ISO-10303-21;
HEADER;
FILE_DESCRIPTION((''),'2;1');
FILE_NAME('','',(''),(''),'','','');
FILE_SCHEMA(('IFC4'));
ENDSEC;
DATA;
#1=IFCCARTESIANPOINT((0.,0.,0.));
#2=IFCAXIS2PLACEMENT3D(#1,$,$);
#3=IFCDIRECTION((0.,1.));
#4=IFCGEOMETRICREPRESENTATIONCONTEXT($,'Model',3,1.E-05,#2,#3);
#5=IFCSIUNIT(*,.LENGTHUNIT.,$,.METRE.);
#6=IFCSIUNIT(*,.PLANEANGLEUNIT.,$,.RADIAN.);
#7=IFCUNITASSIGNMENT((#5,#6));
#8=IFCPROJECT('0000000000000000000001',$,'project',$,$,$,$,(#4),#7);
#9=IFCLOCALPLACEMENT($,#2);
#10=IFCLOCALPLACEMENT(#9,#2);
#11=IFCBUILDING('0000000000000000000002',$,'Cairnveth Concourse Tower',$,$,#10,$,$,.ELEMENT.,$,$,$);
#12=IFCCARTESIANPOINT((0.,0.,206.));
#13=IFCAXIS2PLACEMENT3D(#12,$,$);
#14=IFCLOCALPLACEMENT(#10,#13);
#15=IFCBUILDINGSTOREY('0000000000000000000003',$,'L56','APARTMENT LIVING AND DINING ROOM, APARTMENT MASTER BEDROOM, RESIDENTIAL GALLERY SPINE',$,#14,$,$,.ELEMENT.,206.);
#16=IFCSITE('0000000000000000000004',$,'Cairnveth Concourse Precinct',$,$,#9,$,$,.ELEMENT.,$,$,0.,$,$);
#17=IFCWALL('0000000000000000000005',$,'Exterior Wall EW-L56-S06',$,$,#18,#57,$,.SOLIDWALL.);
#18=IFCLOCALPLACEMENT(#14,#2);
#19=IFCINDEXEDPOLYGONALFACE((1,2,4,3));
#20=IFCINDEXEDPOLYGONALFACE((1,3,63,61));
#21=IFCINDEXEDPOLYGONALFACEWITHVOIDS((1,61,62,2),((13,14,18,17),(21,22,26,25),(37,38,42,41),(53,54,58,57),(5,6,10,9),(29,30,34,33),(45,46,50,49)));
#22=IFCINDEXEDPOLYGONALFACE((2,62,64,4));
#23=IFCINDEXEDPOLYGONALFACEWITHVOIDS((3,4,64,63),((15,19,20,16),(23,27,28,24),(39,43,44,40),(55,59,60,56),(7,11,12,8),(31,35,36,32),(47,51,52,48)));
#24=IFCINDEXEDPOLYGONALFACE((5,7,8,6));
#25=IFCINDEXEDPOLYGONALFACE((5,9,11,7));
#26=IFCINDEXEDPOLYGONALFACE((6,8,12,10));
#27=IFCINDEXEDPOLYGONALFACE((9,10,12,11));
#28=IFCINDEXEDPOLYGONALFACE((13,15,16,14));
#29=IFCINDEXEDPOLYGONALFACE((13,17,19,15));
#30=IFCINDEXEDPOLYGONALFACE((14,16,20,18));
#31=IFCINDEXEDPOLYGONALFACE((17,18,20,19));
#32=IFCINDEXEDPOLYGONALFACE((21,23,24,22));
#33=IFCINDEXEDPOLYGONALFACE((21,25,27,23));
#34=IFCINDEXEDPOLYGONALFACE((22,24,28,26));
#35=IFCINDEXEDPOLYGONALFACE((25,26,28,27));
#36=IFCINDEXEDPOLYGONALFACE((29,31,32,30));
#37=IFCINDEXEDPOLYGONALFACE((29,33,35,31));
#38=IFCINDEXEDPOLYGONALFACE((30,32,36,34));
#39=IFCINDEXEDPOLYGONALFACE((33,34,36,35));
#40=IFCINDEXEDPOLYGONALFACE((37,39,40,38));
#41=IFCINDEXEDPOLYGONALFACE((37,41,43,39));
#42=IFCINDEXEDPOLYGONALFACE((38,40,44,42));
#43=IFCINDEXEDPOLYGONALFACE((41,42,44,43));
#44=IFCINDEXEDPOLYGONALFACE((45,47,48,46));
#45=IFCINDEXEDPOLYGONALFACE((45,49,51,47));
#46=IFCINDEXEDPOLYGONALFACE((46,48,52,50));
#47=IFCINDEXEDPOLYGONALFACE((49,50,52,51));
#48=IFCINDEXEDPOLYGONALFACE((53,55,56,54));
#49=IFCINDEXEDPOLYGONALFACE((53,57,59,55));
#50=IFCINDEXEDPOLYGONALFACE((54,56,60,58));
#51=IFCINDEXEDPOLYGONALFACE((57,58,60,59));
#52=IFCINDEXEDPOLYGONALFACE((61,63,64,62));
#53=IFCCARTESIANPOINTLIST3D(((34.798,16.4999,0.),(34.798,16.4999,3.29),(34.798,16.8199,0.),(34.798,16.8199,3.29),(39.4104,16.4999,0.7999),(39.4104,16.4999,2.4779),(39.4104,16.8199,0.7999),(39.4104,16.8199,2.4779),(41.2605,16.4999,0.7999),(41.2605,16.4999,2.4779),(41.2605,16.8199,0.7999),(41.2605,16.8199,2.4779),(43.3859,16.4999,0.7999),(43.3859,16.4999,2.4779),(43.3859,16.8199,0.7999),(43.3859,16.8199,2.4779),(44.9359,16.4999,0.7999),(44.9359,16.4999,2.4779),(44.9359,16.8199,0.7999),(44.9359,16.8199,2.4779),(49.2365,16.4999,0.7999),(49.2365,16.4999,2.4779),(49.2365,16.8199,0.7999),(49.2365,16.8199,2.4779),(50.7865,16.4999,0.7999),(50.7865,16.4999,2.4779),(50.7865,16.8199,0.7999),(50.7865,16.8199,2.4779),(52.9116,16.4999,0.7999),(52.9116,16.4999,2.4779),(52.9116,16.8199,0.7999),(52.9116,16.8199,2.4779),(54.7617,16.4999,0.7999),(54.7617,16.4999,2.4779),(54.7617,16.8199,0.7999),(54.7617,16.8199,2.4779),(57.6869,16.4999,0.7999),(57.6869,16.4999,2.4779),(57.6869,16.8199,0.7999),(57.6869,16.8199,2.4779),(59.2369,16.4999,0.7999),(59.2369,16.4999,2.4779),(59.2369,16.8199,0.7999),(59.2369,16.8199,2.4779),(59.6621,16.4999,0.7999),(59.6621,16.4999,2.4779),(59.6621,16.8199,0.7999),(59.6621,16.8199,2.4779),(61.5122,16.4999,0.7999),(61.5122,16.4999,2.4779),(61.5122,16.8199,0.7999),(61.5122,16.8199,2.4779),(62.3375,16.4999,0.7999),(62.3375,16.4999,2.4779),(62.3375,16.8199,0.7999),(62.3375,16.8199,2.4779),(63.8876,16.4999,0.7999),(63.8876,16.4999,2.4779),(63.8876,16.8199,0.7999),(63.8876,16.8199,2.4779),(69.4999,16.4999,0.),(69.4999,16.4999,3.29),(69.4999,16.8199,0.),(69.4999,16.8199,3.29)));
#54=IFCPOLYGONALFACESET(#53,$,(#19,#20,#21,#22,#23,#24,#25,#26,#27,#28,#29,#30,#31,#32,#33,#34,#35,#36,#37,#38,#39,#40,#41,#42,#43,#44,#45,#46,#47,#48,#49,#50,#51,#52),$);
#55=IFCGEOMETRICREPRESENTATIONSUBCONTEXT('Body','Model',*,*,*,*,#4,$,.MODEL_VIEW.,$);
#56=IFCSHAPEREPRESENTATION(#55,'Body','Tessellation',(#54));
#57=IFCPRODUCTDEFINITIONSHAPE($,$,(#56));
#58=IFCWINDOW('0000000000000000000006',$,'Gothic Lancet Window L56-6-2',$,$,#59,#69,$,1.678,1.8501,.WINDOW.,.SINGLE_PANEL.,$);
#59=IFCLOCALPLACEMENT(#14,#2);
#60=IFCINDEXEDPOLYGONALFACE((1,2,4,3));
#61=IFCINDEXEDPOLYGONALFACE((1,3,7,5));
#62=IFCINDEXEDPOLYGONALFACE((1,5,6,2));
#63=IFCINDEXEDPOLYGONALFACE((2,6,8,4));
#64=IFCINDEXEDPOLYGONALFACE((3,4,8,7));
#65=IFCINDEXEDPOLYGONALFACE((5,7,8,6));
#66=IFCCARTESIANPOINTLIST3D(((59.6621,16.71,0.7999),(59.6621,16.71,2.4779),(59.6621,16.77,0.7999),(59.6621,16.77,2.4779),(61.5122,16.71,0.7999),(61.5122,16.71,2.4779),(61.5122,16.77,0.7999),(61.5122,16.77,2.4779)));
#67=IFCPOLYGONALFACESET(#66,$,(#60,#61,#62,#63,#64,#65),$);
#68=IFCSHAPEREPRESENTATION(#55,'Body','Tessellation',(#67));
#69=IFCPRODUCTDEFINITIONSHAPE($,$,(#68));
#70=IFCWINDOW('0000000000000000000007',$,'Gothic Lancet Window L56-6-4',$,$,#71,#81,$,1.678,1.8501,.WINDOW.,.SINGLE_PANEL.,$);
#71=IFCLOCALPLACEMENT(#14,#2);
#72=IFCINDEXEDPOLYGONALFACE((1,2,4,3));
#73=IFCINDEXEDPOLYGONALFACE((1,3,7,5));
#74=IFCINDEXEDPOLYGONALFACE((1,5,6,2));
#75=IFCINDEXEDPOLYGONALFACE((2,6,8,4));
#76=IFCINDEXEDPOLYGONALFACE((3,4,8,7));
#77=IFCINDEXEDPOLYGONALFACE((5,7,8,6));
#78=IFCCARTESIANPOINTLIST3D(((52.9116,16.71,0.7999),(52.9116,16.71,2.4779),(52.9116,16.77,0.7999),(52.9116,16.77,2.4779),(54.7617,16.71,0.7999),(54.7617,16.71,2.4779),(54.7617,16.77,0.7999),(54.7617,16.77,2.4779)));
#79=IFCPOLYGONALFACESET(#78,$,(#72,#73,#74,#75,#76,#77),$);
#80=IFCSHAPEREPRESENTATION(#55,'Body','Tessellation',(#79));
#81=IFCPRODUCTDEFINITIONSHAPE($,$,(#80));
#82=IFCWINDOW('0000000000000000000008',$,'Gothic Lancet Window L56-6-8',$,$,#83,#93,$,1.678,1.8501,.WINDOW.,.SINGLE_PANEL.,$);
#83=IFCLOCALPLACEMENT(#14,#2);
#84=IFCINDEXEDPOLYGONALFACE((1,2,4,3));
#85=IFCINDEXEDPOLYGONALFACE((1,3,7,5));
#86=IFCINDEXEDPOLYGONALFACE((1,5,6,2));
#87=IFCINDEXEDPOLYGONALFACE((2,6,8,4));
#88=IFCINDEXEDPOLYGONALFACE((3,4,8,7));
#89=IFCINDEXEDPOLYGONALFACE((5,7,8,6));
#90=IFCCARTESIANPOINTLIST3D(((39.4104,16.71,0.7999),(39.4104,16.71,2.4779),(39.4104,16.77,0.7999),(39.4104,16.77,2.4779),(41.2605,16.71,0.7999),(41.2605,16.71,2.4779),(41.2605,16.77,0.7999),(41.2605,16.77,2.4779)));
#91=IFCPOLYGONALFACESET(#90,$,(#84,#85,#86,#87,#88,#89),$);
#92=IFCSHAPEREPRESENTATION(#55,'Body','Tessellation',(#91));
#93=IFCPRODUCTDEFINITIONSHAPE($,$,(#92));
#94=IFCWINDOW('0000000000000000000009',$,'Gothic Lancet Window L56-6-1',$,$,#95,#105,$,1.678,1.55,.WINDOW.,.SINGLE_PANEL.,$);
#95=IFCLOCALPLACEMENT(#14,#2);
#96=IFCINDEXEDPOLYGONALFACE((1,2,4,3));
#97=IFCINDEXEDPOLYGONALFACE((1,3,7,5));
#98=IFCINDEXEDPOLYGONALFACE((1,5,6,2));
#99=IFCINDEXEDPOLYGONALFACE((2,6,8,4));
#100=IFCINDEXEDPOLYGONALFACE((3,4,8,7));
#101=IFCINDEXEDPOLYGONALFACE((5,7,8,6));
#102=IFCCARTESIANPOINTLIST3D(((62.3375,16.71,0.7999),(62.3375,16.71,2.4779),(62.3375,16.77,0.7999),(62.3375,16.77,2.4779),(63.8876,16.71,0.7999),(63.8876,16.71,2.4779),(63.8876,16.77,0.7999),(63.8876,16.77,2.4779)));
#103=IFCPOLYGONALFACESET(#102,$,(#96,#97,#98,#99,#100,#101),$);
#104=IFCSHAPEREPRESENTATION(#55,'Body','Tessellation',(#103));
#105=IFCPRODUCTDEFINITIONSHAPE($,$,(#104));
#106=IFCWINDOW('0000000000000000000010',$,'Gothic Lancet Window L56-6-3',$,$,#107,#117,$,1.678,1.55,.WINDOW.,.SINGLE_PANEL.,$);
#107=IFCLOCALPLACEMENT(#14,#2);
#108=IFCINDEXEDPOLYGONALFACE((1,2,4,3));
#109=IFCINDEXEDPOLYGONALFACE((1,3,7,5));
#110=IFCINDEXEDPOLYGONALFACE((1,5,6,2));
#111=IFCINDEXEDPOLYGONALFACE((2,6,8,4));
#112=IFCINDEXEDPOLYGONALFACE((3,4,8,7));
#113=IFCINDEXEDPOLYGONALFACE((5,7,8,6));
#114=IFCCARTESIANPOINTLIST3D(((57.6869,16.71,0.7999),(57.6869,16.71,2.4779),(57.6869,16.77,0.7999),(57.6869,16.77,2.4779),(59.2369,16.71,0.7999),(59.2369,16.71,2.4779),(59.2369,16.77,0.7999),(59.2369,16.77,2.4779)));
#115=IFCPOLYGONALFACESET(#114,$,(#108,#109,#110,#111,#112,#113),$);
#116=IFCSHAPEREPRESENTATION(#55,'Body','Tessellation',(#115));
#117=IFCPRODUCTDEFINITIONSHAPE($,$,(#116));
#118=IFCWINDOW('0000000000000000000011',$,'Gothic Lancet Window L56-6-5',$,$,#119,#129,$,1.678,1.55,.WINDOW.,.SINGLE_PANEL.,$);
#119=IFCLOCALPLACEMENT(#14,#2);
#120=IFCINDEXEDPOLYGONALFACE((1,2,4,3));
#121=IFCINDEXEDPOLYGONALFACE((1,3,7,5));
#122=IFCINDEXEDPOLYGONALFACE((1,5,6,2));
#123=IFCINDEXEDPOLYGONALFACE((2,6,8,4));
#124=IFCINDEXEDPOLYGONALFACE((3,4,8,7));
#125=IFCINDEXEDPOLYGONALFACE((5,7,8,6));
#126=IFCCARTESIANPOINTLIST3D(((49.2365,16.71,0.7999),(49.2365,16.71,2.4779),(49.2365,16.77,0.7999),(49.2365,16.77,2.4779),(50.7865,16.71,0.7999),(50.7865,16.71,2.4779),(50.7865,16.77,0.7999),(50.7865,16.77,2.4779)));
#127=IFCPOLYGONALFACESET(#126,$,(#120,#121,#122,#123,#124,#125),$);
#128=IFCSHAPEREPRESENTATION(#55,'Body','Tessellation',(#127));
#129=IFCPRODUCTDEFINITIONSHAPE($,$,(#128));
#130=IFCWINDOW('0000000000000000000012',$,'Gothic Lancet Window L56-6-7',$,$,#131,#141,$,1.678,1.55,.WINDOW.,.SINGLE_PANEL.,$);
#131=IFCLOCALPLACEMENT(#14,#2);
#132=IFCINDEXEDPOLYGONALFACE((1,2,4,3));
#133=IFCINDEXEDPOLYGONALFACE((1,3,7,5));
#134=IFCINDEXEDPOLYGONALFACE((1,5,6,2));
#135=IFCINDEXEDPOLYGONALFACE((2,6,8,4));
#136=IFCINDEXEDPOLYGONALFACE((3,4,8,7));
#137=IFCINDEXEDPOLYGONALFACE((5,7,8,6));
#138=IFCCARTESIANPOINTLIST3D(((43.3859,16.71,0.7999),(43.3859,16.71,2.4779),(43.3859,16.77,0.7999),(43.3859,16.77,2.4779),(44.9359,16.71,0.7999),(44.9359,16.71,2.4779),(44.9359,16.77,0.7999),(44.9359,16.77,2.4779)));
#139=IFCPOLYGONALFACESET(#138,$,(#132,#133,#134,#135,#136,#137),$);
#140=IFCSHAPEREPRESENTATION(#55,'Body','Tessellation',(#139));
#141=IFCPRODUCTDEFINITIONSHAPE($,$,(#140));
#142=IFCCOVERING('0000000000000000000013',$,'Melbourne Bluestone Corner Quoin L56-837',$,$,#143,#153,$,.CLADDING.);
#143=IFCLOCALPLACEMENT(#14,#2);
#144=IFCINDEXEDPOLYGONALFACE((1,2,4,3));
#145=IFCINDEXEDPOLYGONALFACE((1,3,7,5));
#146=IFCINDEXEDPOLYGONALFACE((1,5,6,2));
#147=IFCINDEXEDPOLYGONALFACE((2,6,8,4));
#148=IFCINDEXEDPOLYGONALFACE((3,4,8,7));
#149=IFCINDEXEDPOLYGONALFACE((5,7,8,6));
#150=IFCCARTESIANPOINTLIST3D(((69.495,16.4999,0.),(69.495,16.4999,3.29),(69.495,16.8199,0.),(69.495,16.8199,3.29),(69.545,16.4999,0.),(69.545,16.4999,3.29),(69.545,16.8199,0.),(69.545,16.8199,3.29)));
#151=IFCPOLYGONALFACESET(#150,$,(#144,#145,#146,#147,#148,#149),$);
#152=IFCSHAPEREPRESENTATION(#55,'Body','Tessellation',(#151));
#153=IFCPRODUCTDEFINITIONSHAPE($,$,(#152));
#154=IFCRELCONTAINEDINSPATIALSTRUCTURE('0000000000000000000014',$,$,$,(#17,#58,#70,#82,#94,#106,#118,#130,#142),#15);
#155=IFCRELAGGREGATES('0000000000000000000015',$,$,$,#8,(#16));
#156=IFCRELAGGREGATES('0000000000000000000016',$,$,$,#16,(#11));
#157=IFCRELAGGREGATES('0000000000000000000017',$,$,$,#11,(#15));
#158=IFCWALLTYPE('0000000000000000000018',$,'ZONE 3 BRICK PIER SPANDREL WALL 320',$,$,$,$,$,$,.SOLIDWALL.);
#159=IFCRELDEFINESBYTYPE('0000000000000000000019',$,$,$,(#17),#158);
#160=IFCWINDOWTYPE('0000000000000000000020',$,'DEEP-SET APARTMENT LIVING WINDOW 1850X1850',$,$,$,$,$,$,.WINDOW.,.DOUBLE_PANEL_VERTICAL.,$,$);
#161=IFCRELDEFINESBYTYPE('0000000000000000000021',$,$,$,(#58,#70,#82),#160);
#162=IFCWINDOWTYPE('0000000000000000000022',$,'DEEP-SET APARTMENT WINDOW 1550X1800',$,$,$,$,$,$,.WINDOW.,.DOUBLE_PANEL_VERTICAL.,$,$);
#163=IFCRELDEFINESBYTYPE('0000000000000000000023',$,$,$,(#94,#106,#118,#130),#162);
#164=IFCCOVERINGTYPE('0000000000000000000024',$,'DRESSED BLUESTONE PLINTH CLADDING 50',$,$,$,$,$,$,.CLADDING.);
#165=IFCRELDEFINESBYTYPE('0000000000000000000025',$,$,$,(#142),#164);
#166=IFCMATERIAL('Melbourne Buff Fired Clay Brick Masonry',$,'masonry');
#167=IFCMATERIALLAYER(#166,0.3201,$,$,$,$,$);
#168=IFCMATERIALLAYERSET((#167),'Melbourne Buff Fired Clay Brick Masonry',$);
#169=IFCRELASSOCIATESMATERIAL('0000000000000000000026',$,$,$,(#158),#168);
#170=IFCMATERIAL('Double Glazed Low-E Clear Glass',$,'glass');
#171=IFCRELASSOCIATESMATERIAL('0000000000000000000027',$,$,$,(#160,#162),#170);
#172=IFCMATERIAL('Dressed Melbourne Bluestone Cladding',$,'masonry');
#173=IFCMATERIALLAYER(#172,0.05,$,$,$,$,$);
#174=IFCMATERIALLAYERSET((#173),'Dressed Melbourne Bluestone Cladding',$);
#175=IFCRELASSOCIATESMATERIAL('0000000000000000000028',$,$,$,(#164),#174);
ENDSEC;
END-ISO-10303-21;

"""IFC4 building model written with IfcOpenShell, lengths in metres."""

from ifc_helpers import new_model, si_unit, direction, frame, frame_2d, origin, place, context, subcontext, project, spatial, rectangle, extrude, material, layer, layer_set, type_object, element, fill, save


model = new_model("IFC4")

# Units and contexts
model_context = context("Model", 3, precision=1e-05, world=origin(), true_north=direction((0.0, 1.0)))
body_context = subcontext(model_context, "Body", "Model", "MODEL_VIEW")
ifc_project = project(units=[si_unit("LENGTHUNIT", "METRE"), si_unit("PLANEANGLEUNIT", "RADIAN")], contexts=[model_context])

# Site, building, storey
site_placement = place(None, origin())
site = spatial("IfcSite", under=ifc_project, at=site_placement, Name="Cairnveth Concourse Precinct", CompositionType="ELEMENT", RefElevation=0.0)
building_placement = place(site_placement, origin())
building = spatial("IfcBuilding", under=site, at=building_placement, Name="Cairnveth Concourse Tower", CompositionType="ELEMENT")
storey_placement = place(building_placement, frame((0.0, 0.0, 206.0)))
storey = spatial("IfcBuildingStorey", under=building, at=storey_placement, Name="L56", Description="APARTMENT LIVING AND DINING ROOM, APARTMENT MASTER BEDROOM, RESIDENTIAL GALLERY SPINE", CompositionType="ELEMENT", Elevation=206.0)

# Shared definitions
ifc_material_1 = material(Name="Melbourne Buff Fired Clay Brick Masonry", Category="masonry")
ifc_layer_1 = layer(ifc_material_1, 0.3201)
ifc_layer_set_1 = layer_set([ifc_layer_1], Name="Melbourne Buff Fired Clay Brick Masonry")
wall_type_1 = type_object("IfcWallType", Name="ZONE 3 BRICK PIER SPANDREL WALL 320", PredefinedType="SOLIDWALL", material=ifc_layer_set_1)

# Wall, openings, windows
wall_1_placement = place(storey_placement, frame((69.5, 16.6599, 0.0), z_axis=(0.0, 0.0, 1.0), x_axis=(-1.0, 0.0, 0.0)))
wall_1 = element("IfcWall", 1, at=wall_1_placement, inside=storey, type_object=wall_type_1, Name="Exterior Wall EW-L56-S06", PredefinedType="SOLIDWALL", context=body_context, shape_type="SweptSolid", body=[
    extrude(rectangle(XDim=34.7019, YDim=0.3201, at=frame_2d((17.3511, 0.0))), origin(), (0.0, 0.0, 1.0), 3.29),
])
opening_1_placement = place(wall_1_placement, frame((5.6125, 0.0, 0.8)))
opening_1 = element("IfcOpeningElement", 2, at=opening_1_placement, cuts=wall_1, PredefinedType="OPENING", context=body_context, shape_type="SweptSolid", body=[
    extrude(rectangle(XDim=1.55, YDim=1.678, at=frame_2d((0.7749, 0.8389))), frame((0.0, 0.1699, 0.0), z_axis=(0.0, -1.0, 0.0), x_axis=(1.0, 0.0, 0.0)), (0.0, 0.0, 1.0), 0.3401),
])
opening_2_placement = place(wall_1_placement, frame((7.9878, 0.0, 0.8)))
opening_2 = element("IfcOpeningElement", 3, at=opening_2_placement, cuts=wall_1, PredefinedType="OPENING", context=body_context, shape_type="SweptSolid", body=[
    extrude(rectangle(XDim=1.8501, YDim=1.678, at=frame_2d((0.925, 0.8389))), frame((0.0, 0.1699, 0.0), z_axis=(0.0, -1.0, 0.0), x_axis=(1.0, 0.0, 0.0)), (0.0, 0.0, 1.0), 0.3401),
])
opening_3_placement = place(wall_1_placement, frame((10.2632, 0.0, 0.8)))
opening_3 = element("IfcOpeningElement", 4, at=opening_3_placement, cuts=wall_1, PredefinedType="OPENING", context=body_context, shape_type="SweptSolid", body=[
    extrude(rectangle(XDim=1.55, YDim=1.678, at=frame_2d((0.7749, 0.8389))), frame((0.0, 0.1699, 0.0), z_axis=(0.0, -1.0, 0.0), x_axis=(1.0, 0.0, 0.0)), (0.0, 0.0, 1.0), 0.3401),
])
opening_4_placement = place(wall_1_placement, frame((14.7383, 0.0, 0.8)))
opening_4 = element("IfcOpeningElement", 5, at=opening_4_placement, cuts=wall_1, PredefinedType="OPENING", context=body_context, shape_type="SweptSolid", body=[
    extrude(rectangle(XDim=1.8501, YDim=1.678, at=frame_2d((0.925, 0.8389))), frame((0.0, 0.1699, 0.0), z_axis=(0.0, -1.0, 0.0), x_axis=(1.0, 0.0, 0.0)), (0.0, 0.0, 1.0), 0.3401),
])
opening_5_placement = place(wall_1_placement, frame((18.7136, 0.0, 0.8)))
opening_5 = element("IfcOpeningElement", 6, at=opening_5_placement, cuts=wall_1, PredefinedType="OPENING", context=body_context, shape_type="SweptSolid", body=[
    extrude(rectangle(XDim=1.55, YDim=1.678, at=frame_2d((0.7749, 0.8389))), frame((0.0, 0.1699, 0.0), z_axis=(0.0, -1.0, 0.0), x_axis=(1.0, 0.0, 0.0)), (0.0, 0.0, 1.0), 0.3401),
])
opening_6_placement = place(wall_1_placement, frame((24.5642, 0.0, 0.8)))
opening_6 = element("IfcOpeningElement", 7, at=opening_6_placement, cuts=wall_1, PredefinedType="OPENING", context=body_context, shape_type="SweptSolid", body=[
    extrude(rectangle(XDim=1.55, YDim=1.678, at=frame_2d((0.7749, 0.8389))), frame((0.0, 0.1699, 0.0), z_axis=(0.0, -1.0, 0.0), x_axis=(1.0, 0.0, 0.0)), (0.0, 0.0, 1.0), 0.3401),
])
opening_7_placement = place(wall_1_placement, frame((28.2395, 0.0, 0.8)))
opening_7 = element("IfcOpeningElement", 8, at=opening_7_placement, cuts=wall_1, PredefinedType="OPENING", context=body_context, shape_type="SweptSolid", body=[
    extrude(rectangle(XDim=1.8501, YDim=1.678, at=frame_2d((0.925, 0.8389))), frame((0.0, 0.1699, 0.0), z_axis=(0.0, -1.0, 0.0), x_axis=(1.0, 0.0, 0.0)), (0.0, 0.0, 1.0), 0.3401),
])
ifc_material_2 = material(Name="Double Glazed Low-E Clear Glass", Category="glass")
window_type_1 = type_object("IfcWindowType", Name="DEEP-SET APARTMENT LIVING WINDOW 1850X1850", PartitioningType="DOUBLE_PANEL_VERTICAL", PredefinedType="WINDOW", material=ifc_material_2)
window_1_placement = place(opening_2_placement, origin())
window_1 = element("IfcWindow", 9, at=window_1_placement, inside=storey, type_object=window_type_1, Name="Gothic Lancet Window L56-6-2", OverallHeight=1.678, OverallWidth=1.8501, PartitioningType="SINGLE_PANEL", PredefinedType="WINDOW", context=body_context, shape_type="SweptSolid", body=[
    extrude(rectangle(XDim=1.8501, YDim=1.678, at=frame_2d((0.925, 0.8389))), frame((0.0, -0.05, 0.0), z_axis=(0.0, -1.0, 0.0), x_axis=(1.0, 0.0, 0.0)), (0.0, 0.0, 1.0), 0.0601),
])
fill(opening_2, window_1)
window_2_placement = place(opening_4_placement, origin())
window_2 = element("IfcWindow", 10, at=window_2_placement, inside=storey, type_object=window_type_1, Name="Gothic Lancet Window L56-6-4", OverallHeight=1.678, OverallWidth=1.8501, PartitioningType="SINGLE_PANEL", PredefinedType="WINDOW", context=body_context, shape_type="SweptSolid", body=[
    extrude(rectangle(XDim=1.8501, YDim=1.678, at=frame_2d((0.925, 0.8389))), frame((0.0, -0.05, 0.0), z_axis=(0.0, -1.0, 0.0), x_axis=(1.0, 0.0, 0.0)), (0.0, 0.0, 1.0), 0.0601),
])
fill(opening_4, window_2)
window_3_placement = place(opening_7_placement, origin())
window_3 = element("IfcWindow", 11, at=window_3_placement, inside=storey, type_object=window_type_1, Name="Gothic Lancet Window L56-6-8", OverallHeight=1.678, OverallWidth=1.8501, PartitioningType="SINGLE_PANEL", PredefinedType="WINDOW", context=body_context, shape_type="SweptSolid", body=[
    extrude(rectangle(XDim=1.8501, YDim=1.678, at=frame_2d((0.925, 0.8389))), frame((0.0, -0.05, 0.0), z_axis=(0.0, -1.0, 0.0), x_axis=(1.0, 0.0, 0.0)), (0.0, 0.0, 1.0), 0.0601),
])
fill(opening_7, window_3)
window_type_2 = type_object("IfcWindowType", Name="DEEP-SET APARTMENT WINDOW 1550X1800", PartitioningType="DOUBLE_PANEL_VERTICAL", PredefinedType="WINDOW", material=ifc_material_2)
window_4_placement = place(opening_1_placement, origin())
window_4 = element("IfcWindow", 12, at=window_4_placement, inside=storey, type_object=window_type_2, Name="Gothic Lancet Window L56-6-1", OverallHeight=1.678, OverallWidth=1.55, PartitioningType="SINGLE_PANEL", PredefinedType="WINDOW", context=body_context, shape_type="SweptSolid", body=[
    extrude(rectangle(XDim=1.55, YDim=1.678, at=frame_2d((0.7749, 0.8389))), frame((0.0, -0.05, 0.0), z_axis=(0.0, -1.0, 0.0), x_axis=(1.0, 0.0, 0.0)), (0.0, 0.0, 1.0), 0.0601),
])
fill(opening_1, window_4)
window_5_placement = place(opening_3_placement, origin())
window_5 = element("IfcWindow", 13, at=window_5_placement, inside=storey, type_object=window_type_2, Name="Gothic Lancet Window L56-6-3", OverallHeight=1.678, OverallWidth=1.55, PartitioningType="SINGLE_PANEL", PredefinedType="WINDOW", context=body_context, shape_type="SweptSolid", body=[
    extrude(rectangle(XDim=1.55, YDim=1.678, at=frame_2d((0.7749, 0.8389))), frame((0.0, -0.05, 0.0), z_axis=(0.0, -1.0, 0.0), x_axis=(1.0, 0.0, 0.0)), (0.0, 0.0, 1.0), 0.0601),
])
fill(opening_3, window_5)
window_6_placement = place(opening_5_placement, origin())
window_6 = element("IfcWindow", 14, at=window_6_placement, inside=storey, type_object=window_type_2, Name="Gothic Lancet Window L56-6-5", OverallHeight=1.678, OverallWidth=1.55, PartitioningType="SINGLE_PANEL", PredefinedType="WINDOW", context=body_context, shape_type="SweptSolid", body=[
    extrude(rectangle(XDim=1.55, YDim=1.678, at=frame_2d((0.7749, 0.8389))), frame((0.0, -0.05, 0.0), z_axis=(0.0, -1.0, 0.0), x_axis=(1.0, 0.0, 0.0)), (0.0, 0.0, 1.0), 0.0601),
])
fill(opening_5, window_6)
window_7_placement = place(opening_6_placement, origin())
window_7 = element("IfcWindow", 15, at=window_7_placement, inside=storey, type_object=window_type_2, Name="Gothic Lancet Window L56-6-7", OverallHeight=1.678, OverallWidth=1.55, PartitioningType="SINGLE_PANEL", PredefinedType="WINDOW", context=body_context, shape_type="SweptSolid", body=[
    extrude(rectangle(XDim=1.55, YDim=1.678, at=frame_2d((0.7749, 0.8389))), frame((0.0, -0.05, 0.0), z_axis=(0.0, -1.0, 0.0), x_axis=(1.0, 0.0, 0.0)), (0.0, 0.0, 1.0), 0.0601),
])
fill(opening_6, window_7)

# Covering
ifc_material_3 = material(Name="Dressed Melbourne Bluestone Cladding", Category="masonry")
ifc_layer_2 = layer(ifc_material_3, 0.05)
ifc_layer_set_2 = layer_set([ifc_layer_2], Name="Dressed Melbourne Bluestone Cladding")
covering_type = type_object("IfcCoveringType", Name="DRESSED BLUESTONE PLINTH CLADDING 50", PredefinedType="CLADDING", material=ifc_layer_set_2)
covering_placement = place(storey_placement, frame((69.52, 16.8201, 0.0), z_axis=(0.0, 0.0, 1.0), x_axis=(0.0, -1.0, 0.0)))
element("IfcCovering", 16, at=covering_placement, inside=storey, type_object=covering_type, Name="Melbourne Bluestone Corner Quoin L56-837", PredefinedType="CLADDING", context=body_context, shape_type="SweptSolid", body=[
    extrude(rectangle(XDim=0.3201, YDim=0.05, at=frame_2d((0.1602, 0.0))), origin(), (0.0, 0.0, 1.0), 3.29),
])

save(model, "model.ifc")
